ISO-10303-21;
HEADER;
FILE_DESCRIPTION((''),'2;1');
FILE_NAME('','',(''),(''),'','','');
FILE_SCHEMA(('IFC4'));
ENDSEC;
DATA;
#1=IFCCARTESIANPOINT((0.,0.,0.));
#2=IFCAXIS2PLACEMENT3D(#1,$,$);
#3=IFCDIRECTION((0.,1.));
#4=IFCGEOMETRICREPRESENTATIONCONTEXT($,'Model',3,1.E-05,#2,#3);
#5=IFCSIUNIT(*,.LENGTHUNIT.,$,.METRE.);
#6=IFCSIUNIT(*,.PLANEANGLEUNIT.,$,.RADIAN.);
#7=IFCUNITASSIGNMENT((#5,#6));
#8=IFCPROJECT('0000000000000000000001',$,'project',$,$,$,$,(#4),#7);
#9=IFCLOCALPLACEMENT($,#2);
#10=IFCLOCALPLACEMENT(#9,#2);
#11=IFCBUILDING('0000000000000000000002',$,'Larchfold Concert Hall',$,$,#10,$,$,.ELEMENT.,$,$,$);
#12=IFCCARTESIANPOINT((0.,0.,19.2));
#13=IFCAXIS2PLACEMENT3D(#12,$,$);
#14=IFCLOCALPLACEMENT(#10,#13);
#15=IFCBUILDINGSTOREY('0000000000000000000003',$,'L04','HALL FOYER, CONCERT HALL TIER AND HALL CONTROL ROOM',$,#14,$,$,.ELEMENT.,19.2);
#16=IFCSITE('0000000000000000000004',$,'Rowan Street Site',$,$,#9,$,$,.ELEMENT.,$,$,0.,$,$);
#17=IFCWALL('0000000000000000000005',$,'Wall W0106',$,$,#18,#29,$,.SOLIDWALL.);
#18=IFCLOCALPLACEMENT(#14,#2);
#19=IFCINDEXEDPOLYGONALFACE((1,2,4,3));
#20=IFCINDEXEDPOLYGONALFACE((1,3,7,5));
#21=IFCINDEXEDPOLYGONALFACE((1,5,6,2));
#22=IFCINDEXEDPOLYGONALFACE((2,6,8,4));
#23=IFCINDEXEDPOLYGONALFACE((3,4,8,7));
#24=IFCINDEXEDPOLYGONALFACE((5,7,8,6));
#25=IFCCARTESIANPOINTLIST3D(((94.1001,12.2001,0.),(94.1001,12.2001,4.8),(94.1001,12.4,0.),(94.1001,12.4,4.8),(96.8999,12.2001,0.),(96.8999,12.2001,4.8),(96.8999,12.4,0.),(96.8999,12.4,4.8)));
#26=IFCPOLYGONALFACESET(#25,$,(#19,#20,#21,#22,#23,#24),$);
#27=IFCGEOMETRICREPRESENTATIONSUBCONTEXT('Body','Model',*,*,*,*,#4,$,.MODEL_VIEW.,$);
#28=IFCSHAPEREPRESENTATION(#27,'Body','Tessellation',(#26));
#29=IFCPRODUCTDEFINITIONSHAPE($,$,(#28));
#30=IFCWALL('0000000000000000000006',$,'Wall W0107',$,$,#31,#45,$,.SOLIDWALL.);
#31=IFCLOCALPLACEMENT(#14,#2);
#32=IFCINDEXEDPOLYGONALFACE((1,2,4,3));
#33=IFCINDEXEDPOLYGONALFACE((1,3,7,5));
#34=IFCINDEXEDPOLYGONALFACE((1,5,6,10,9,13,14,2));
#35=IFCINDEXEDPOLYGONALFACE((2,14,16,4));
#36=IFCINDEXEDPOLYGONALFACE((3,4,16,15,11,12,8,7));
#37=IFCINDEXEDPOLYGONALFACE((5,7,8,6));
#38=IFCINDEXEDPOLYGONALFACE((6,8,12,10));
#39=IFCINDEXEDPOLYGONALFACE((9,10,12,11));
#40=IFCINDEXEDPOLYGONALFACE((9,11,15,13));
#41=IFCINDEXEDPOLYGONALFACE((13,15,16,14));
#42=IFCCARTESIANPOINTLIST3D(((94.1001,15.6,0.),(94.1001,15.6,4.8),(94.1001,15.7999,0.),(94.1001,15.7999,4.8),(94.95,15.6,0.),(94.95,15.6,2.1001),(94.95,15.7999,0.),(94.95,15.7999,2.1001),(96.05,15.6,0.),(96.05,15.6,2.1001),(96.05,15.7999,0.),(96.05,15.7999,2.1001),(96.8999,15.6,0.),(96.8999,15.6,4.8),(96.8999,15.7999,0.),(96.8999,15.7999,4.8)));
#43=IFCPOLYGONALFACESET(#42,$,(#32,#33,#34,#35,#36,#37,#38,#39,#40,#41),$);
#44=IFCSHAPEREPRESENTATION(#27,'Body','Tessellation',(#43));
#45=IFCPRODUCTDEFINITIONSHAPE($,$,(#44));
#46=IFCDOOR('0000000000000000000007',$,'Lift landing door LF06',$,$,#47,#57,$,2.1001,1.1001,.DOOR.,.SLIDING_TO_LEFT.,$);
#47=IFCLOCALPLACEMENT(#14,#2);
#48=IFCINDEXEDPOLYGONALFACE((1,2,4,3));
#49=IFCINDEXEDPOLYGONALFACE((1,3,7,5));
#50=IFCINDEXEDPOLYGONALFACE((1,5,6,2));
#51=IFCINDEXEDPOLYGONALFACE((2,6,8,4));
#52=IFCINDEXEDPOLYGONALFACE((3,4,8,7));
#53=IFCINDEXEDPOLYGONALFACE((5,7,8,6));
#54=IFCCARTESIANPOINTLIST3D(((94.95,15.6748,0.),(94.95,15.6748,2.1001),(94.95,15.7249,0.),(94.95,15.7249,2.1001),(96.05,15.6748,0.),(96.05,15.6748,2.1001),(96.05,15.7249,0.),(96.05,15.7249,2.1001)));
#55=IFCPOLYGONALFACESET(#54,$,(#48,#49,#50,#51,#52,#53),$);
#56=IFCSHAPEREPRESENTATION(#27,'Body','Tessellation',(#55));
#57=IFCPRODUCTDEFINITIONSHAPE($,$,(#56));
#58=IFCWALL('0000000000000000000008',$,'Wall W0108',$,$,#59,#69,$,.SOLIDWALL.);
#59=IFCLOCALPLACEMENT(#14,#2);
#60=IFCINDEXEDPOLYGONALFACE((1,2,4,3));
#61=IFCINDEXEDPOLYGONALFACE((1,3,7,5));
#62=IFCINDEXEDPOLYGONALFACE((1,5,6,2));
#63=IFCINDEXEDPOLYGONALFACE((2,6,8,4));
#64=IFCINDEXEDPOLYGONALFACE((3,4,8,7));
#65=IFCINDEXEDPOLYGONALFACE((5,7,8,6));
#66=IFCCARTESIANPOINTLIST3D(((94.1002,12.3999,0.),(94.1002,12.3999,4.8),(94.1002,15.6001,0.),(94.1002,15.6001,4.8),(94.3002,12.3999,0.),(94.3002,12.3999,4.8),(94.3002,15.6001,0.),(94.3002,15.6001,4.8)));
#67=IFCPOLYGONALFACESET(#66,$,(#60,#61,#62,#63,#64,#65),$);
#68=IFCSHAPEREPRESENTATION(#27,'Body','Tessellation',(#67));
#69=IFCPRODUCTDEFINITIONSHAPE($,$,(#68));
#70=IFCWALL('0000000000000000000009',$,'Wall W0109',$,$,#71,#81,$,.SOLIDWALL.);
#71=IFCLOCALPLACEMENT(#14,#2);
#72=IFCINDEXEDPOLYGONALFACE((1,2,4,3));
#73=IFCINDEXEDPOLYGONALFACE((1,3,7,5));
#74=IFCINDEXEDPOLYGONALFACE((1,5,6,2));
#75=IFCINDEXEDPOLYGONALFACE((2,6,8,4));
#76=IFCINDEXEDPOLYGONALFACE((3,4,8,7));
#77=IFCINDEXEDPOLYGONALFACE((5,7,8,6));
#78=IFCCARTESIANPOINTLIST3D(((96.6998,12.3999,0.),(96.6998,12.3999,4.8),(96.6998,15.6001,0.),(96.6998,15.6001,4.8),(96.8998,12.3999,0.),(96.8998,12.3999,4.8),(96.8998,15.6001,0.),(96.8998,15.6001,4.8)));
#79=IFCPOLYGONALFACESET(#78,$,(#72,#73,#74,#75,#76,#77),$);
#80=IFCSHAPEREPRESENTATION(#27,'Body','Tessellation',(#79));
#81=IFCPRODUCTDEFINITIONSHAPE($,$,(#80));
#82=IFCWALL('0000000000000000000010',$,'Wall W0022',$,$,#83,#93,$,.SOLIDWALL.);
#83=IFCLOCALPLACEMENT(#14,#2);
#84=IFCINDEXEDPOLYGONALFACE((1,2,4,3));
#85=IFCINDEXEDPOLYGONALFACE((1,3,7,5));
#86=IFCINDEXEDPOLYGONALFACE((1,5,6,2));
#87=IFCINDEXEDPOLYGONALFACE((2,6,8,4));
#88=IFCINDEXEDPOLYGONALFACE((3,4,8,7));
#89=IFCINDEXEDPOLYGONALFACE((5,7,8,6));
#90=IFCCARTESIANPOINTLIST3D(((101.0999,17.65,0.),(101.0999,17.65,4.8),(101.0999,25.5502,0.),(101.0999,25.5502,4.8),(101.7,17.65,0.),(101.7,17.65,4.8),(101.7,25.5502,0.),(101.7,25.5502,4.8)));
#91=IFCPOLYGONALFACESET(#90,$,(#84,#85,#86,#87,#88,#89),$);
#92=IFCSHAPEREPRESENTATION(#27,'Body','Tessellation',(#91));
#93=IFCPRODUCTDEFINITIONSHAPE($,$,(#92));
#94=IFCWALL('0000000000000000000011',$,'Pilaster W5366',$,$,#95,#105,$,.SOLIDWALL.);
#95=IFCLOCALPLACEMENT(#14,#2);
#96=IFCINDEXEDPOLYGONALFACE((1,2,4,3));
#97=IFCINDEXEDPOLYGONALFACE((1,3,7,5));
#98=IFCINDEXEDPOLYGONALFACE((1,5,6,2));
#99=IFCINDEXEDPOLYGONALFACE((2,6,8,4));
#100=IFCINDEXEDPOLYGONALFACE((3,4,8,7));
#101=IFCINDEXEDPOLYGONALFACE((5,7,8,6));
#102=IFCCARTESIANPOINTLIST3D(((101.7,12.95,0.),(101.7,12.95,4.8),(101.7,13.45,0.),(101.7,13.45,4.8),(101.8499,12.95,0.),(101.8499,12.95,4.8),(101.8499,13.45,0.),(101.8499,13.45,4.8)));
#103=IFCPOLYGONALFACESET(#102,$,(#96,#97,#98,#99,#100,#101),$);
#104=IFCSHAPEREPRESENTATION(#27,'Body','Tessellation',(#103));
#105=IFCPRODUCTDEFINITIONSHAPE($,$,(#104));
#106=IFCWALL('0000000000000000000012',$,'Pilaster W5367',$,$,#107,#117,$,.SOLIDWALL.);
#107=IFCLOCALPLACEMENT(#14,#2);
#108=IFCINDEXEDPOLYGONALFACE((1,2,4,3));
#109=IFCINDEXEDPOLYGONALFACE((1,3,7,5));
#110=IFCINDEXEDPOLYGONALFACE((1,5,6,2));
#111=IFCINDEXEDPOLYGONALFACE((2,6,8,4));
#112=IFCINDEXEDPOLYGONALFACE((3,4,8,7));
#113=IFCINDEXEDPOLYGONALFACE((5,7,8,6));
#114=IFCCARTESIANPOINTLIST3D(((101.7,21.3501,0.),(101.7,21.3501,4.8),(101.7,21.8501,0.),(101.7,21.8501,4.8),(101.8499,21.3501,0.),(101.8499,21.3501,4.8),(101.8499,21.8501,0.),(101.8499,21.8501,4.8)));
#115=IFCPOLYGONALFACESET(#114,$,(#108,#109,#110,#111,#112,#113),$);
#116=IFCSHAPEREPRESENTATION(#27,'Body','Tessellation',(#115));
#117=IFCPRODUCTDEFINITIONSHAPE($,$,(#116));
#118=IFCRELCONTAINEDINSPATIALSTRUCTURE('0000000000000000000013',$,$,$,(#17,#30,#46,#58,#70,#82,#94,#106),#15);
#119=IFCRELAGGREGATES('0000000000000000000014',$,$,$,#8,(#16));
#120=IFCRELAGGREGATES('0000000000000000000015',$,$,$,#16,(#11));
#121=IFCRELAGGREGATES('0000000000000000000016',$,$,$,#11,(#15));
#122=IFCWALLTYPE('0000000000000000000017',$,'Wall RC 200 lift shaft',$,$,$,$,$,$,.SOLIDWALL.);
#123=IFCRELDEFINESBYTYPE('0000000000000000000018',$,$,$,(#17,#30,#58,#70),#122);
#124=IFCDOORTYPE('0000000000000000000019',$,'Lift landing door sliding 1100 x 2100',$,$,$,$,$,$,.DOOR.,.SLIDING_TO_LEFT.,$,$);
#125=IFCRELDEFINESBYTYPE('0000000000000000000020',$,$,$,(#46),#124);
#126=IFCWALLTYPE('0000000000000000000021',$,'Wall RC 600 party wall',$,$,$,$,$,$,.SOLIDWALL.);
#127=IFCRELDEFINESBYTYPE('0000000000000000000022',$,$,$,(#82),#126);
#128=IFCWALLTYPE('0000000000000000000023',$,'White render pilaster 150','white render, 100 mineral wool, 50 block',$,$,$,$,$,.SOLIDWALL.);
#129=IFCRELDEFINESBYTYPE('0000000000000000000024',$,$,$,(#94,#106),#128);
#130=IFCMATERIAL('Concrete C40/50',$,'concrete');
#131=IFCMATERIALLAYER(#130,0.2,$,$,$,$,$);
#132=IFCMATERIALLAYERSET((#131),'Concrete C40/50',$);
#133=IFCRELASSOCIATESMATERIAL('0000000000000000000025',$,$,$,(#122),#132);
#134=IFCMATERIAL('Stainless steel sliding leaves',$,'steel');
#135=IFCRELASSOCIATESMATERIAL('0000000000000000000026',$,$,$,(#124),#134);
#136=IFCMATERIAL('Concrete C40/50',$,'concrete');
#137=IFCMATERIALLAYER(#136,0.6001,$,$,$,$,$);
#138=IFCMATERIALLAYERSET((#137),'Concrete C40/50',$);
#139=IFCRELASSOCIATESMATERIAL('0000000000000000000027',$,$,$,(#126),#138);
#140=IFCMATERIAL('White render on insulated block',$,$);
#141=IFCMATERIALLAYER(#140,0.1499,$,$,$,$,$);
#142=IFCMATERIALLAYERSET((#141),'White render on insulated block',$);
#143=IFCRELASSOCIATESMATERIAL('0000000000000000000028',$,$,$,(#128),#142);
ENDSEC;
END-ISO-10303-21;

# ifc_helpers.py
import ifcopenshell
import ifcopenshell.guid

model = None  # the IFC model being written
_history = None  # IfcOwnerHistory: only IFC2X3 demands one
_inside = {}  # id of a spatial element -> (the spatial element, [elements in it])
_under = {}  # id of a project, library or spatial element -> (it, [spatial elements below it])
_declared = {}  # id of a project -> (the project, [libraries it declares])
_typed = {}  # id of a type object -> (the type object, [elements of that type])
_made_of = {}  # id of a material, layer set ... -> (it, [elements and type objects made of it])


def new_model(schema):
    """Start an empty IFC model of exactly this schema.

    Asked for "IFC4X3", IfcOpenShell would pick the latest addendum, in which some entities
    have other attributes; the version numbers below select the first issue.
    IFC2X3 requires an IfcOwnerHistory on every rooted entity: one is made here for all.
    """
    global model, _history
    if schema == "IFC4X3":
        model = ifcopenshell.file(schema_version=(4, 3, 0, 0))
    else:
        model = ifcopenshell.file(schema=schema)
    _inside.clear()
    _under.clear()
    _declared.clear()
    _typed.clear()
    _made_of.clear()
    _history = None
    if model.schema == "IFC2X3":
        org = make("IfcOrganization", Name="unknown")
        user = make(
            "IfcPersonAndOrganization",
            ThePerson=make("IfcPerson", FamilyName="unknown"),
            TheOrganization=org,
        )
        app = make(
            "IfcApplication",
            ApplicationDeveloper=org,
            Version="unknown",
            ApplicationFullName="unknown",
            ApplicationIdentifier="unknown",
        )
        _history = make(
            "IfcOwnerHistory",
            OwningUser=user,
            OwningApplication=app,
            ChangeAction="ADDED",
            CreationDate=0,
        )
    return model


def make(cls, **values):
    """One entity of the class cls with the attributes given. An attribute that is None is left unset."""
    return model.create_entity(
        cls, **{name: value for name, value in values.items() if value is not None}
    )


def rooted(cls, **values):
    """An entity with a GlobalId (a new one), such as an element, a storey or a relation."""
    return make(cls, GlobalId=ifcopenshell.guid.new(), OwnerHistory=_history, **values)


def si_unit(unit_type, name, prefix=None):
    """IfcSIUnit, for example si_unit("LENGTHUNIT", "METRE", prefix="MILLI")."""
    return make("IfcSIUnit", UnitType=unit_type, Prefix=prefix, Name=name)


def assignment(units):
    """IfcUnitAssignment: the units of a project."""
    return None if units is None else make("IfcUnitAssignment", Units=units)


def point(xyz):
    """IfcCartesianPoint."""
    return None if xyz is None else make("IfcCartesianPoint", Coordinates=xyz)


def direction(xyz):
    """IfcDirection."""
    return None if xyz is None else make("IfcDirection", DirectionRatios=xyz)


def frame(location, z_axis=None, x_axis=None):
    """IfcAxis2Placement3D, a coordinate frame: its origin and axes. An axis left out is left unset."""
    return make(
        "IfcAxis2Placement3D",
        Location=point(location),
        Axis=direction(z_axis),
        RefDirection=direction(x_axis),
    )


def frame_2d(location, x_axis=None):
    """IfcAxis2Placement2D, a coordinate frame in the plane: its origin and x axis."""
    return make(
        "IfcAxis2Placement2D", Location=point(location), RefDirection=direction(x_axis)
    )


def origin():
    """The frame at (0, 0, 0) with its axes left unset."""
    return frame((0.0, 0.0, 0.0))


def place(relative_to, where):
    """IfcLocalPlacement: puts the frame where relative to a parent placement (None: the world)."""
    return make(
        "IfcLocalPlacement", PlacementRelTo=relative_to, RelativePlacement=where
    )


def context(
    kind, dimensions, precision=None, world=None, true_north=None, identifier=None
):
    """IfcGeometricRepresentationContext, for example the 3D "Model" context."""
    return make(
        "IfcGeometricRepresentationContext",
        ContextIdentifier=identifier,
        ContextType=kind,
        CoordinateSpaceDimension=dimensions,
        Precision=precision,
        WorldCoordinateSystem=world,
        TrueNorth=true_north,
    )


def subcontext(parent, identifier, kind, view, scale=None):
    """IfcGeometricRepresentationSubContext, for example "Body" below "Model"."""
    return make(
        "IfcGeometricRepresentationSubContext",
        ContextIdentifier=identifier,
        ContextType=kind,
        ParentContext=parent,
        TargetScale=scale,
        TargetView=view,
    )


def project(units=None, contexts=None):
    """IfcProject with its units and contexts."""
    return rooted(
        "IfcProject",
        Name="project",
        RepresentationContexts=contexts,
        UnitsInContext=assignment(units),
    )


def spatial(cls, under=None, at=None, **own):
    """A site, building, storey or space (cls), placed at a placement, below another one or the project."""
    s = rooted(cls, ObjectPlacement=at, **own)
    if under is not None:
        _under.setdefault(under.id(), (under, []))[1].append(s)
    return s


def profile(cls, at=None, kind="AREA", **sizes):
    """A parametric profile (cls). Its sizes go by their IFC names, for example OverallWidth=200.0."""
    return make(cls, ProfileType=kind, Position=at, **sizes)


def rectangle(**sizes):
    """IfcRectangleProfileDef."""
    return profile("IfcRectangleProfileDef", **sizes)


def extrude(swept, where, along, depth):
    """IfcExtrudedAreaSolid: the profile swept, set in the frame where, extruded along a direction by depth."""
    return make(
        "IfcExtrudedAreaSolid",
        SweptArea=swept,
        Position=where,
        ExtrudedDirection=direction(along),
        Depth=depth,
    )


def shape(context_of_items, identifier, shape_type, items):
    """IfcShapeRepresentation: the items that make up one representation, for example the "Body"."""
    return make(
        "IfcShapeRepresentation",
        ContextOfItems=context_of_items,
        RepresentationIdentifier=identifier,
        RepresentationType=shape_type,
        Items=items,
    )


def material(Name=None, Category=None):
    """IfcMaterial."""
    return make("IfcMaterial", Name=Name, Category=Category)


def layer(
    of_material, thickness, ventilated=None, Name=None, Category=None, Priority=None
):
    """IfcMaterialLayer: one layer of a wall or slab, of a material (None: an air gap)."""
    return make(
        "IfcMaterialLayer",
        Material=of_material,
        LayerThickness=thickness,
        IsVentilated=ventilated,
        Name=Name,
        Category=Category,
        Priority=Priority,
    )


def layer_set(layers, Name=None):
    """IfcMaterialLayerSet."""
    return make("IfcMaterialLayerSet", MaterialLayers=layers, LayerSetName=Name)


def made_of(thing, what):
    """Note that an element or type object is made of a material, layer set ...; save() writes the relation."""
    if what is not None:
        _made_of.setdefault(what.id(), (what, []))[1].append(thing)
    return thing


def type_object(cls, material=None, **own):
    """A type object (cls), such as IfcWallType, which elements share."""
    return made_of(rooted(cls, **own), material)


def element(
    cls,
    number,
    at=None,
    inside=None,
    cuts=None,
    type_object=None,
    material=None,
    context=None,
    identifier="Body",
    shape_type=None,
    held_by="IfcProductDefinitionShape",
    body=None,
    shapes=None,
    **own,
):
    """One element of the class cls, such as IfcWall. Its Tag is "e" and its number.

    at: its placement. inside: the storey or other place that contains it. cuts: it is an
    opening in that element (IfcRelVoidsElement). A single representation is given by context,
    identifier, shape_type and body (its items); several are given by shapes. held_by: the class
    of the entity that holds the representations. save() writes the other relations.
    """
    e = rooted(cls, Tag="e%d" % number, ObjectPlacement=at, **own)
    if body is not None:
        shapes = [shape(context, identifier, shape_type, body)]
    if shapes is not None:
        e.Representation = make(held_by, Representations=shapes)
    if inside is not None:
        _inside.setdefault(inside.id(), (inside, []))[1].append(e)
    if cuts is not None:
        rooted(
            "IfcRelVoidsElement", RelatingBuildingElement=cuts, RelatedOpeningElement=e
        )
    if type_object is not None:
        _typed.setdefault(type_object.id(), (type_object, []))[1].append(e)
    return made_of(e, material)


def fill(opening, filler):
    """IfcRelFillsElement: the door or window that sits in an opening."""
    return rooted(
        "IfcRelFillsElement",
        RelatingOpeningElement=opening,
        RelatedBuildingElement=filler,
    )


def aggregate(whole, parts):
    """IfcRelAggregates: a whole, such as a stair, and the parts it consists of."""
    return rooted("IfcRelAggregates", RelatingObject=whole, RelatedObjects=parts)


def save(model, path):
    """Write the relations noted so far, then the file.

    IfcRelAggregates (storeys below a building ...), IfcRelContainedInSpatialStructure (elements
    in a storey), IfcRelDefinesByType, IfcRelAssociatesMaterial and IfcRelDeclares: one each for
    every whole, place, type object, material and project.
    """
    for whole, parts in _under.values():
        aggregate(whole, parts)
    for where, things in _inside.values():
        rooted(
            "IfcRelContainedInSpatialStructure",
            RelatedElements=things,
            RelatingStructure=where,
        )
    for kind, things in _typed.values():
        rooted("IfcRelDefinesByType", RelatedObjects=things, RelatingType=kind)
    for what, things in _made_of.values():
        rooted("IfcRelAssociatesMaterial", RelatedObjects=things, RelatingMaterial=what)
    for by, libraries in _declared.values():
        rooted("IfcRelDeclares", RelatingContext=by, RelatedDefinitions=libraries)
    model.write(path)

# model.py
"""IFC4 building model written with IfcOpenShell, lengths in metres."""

from ifc_helpers import new_model, si_unit, direction, frame, frame_2d, origin, place, context, subcontext, project, spatial, rectangle, extrude, material, layer, layer_set, type_object, element, fill, save


model = new_model("IFC4")

# Units and contexts
model_context = context("Model", 3, precision=1e-05, world=origin(), true_north=direction((0.0, 1.0)))
body_context = subcontext(model_context, "Body", "Model", "MODEL_VIEW")
ifc_project = project(units=[si_unit("LENGTHUNIT", "METRE"), si_unit("PLANEANGLEUNIT", "RADIAN")], contexts=[model_context])

# Site, building, storey
site_placement = place(None, origin())
site = spatial("IfcSite", under=ifc_project, at=site_placement, Name="Rowan Street Site", CompositionType="ELEMENT", RefElevation=0.0)
building_placement = place(site_placement, origin())
building = spatial("IfcBuilding", under=site, at=building_placement, Name="Larchfold Concert Hall", CompositionType="ELEMENT")
storey_placement = place(building_placement, frame((0.0, 0.0, 19.2)))
storey = spatial("IfcBuildingStorey", under=building, at=storey_placement, Name="L04", Description="HALL FOYER, CONCERT HALL TIER AND HALL CONTROL ROOM", CompositionType="ELEMENT", Elevation=19.2)

# Wall
ifc_material_1 = material(Name="Concrete C40/50", Category="concrete")
ifc_layer_1 = layer(ifc_material_1, 0.2)
ifc_layer_set_1 = layer_set([ifc_layer_1], Name="Concrete C40/50")
wall_type_1 = type_object("IfcWallType", Name="Wall RC 200 lift shaft", PredefinedType="SOLIDWALL", material=ifc_layer_set_1)
wall_1_placement = place(storey_placement, frame((94.1001, 12.3, 0.0), z_axis=(0.0, 0.0, 1.0), x_axis=(1.0, 0.0, 0.0)))
element("IfcWall", 1, at=wall_1_placement, inside=storey, type_object=wall_type_1, Name="Wall W0106", PredefinedType="SOLIDWALL", context=body_context, shape_type="SweptSolid", body=[
    extrude(rectangle(XDim=2.7998, YDim=0.2, at=frame_2d((1.3999, 0.0))), origin(), (0.0, 0.0, 1.0), 4.8),
])

# Wall, opening, door
wall_2_placement = place(storey_placement, frame((94.1001, 15.7, 0.0), z_axis=(0.0, 0.0, 1.0), x_axis=(1.0, 0.0, 0.0)))
wall_2 = element("IfcWall", 2, at=wall_2_placement, inside=storey, type_object=wall_type_1, Name="Wall W0107", PredefinedType="SOLIDWALL", context=body_context, shape_type="SweptSolid", body=[
    extrude(rectangle(XDim=2.7998, YDim=0.2, at=frame_2d((1.3999, 0.0))), origin(), (0.0, 0.0, 1.0), 4.8),
])
opening_1_placement = place(wall_2_placement, frame((0.8499, 0.0, 0.0)))
opening_1 = element("IfcOpeningElement", 3, at=opening_1_placement, cuts=wall_2, PredefinedType="OPENING", context=body_context, shape_type="SweptSolid", body=[
    extrude(rectangle(XDim=1.1001, YDim=2.1001, at=frame_2d((0.55, 1.05))), frame((0.0, 0.1099, 0.0), z_axis=(0.0, -1.0, 0.0), x_axis=(1.0, 0.0, 0.0)), (0.0, 0.0, 1.0), 0.22),
])
ifc_material_2 = material(Name="Stainless steel sliding leaves", Category="steel")
door_type_1 = type_object("IfcDoorType", Name="Lift landing door sliding 1100 x 2100", OperationType="SLIDING_TO_LEFT", PredefinedType="DOOR", material=ifc_material_2)
door_1_placement = place(opening_1_placement, origin())
door_1 = element("IfcDoor", 4, at=door_1_placement, inside=storey, type_object=door_type_1, Name="Lift landing door LF06", OperationType="SLIDING_TO_LEFT", OverallHeight=2.1001, OverallWidth=1.1001, PredefinedType="DOOR", context=body_context, shape_type="SweptSolid", body=[
    extrude(rectangle(XDim=1.1001, YDim=2.1001, at=frame_2d((0.55, 1.05))), frame((0.0, 0.0249, 0.0), z_axis=(0.0, -1.0, 0.0), x_axis=(1.0, 0.0, 0.0)), (0.0, 0.0, 1.0), 0.05),
])
fill(opening_1, door_1)

# Walls
for number, where, z_axis, x_axis, name in (
    (5, (94.2002, 12.3999, 0.0), (0.0, 0.0, 1.0), (0.0, 1.0, 0.0), "Wall W0108"),
    (6, (96.7998, 12.3999, 0.0), (0.0, 0.0, 1.0), (0.0, 1.0, 0.0), "Wall W0109"),
):
    element("IfcWall", number, at=place(storey_placement, frame(where, z_axis=z_axis, x_axis=x_axis)), inside=storey, type_object=wall_type_1, Name=name, PredefinedType="SOLIDWALL", context=body_context, shape_type="SweptSolid", body=[
        extrude(rectangle(XDim=3.2002, YDim=0.2, at=frame_2d((1.6001, 0.0))), origin(), (0.0, 0.0, 1.0), 4.8),
    ])
ifc_material_3 = material(Name="Concrete C40/50", Category="concrete")
ifc_layer_2 = layer(ifc_material_3, 0.6001)
ifc_layer_set_2 = layer_set([ifc_layer_2], Name="Concrete C40/50")
wall_type_2 = type_object("IfcWallType", Name="Wall RC 600 party wall", PredefinedType="SOLIDWALL", material=ifc_layer_set_2)
wall_3_placement = place(storey_placement, frame((101.3999, 17.6499, 0.0), z_axis=(0.0, 0.0, 1.0), x_axis=(0.0, 1.0, 0.0)))
element("IfcWall", 7, at=wall_3_placement, inside=storey, type_object=wall_type_2, Name="Wall W0022", PredefinedType="SOLIDWALL", context=body_context, shape_type="SweptSolid", body=[
    extrude(rectangle(XDim=7.9001, YDim=0.6001, at=frame_2d((3.9502, 0.0))), origin(), (0.0, 0.0, 1.0), 4.8),
])
ifc_material_4 = material(Name="White render on insulated block")
ifc_layer_3 = layer(ifc_material_4, 0.1499)
ifc_layer_set_3 = layer_set([ifc_layer_3], Name="White render on insulated block")
wall_type_3 = type_object("IfcWallType", Name="White render pilaster 150", Description="white render, 100 mineral wool, 50 block", PredefinedType="SOLIDWALL", material=ifc_layer_set_3)
for number, where, z_axis, x_axis, name in (
    (8, (101.7749, 12.95, 0.0), (0.0, 0.0, 1.0), (0.0, 1.0, 0.0), "Pilaster W5366"),
    (9, (101.7749, 21.3501, 0.0), (0.0, 0.0, 1.0), (0.0, 1.0, 0.0), "Pilaster W5367"),
):
    element("IfcWall", number, at=place(storey_placement, frame(where, z_axis=z_axis, x_axis=x_axis)), inside=storey, type_object=wall_type_3, Name=name, PredefinedType="SOLIDWALL", context=body_context, shape_type="SweptSolid", body=[
        extrude(rectangle(XDim=0.5, YDim=0.1499, at=frame_2d((0.25, 0.0))), origin(), (0.0, 0.0, 1.0), 4.8),
    ])

save(model, "model.ifc")
